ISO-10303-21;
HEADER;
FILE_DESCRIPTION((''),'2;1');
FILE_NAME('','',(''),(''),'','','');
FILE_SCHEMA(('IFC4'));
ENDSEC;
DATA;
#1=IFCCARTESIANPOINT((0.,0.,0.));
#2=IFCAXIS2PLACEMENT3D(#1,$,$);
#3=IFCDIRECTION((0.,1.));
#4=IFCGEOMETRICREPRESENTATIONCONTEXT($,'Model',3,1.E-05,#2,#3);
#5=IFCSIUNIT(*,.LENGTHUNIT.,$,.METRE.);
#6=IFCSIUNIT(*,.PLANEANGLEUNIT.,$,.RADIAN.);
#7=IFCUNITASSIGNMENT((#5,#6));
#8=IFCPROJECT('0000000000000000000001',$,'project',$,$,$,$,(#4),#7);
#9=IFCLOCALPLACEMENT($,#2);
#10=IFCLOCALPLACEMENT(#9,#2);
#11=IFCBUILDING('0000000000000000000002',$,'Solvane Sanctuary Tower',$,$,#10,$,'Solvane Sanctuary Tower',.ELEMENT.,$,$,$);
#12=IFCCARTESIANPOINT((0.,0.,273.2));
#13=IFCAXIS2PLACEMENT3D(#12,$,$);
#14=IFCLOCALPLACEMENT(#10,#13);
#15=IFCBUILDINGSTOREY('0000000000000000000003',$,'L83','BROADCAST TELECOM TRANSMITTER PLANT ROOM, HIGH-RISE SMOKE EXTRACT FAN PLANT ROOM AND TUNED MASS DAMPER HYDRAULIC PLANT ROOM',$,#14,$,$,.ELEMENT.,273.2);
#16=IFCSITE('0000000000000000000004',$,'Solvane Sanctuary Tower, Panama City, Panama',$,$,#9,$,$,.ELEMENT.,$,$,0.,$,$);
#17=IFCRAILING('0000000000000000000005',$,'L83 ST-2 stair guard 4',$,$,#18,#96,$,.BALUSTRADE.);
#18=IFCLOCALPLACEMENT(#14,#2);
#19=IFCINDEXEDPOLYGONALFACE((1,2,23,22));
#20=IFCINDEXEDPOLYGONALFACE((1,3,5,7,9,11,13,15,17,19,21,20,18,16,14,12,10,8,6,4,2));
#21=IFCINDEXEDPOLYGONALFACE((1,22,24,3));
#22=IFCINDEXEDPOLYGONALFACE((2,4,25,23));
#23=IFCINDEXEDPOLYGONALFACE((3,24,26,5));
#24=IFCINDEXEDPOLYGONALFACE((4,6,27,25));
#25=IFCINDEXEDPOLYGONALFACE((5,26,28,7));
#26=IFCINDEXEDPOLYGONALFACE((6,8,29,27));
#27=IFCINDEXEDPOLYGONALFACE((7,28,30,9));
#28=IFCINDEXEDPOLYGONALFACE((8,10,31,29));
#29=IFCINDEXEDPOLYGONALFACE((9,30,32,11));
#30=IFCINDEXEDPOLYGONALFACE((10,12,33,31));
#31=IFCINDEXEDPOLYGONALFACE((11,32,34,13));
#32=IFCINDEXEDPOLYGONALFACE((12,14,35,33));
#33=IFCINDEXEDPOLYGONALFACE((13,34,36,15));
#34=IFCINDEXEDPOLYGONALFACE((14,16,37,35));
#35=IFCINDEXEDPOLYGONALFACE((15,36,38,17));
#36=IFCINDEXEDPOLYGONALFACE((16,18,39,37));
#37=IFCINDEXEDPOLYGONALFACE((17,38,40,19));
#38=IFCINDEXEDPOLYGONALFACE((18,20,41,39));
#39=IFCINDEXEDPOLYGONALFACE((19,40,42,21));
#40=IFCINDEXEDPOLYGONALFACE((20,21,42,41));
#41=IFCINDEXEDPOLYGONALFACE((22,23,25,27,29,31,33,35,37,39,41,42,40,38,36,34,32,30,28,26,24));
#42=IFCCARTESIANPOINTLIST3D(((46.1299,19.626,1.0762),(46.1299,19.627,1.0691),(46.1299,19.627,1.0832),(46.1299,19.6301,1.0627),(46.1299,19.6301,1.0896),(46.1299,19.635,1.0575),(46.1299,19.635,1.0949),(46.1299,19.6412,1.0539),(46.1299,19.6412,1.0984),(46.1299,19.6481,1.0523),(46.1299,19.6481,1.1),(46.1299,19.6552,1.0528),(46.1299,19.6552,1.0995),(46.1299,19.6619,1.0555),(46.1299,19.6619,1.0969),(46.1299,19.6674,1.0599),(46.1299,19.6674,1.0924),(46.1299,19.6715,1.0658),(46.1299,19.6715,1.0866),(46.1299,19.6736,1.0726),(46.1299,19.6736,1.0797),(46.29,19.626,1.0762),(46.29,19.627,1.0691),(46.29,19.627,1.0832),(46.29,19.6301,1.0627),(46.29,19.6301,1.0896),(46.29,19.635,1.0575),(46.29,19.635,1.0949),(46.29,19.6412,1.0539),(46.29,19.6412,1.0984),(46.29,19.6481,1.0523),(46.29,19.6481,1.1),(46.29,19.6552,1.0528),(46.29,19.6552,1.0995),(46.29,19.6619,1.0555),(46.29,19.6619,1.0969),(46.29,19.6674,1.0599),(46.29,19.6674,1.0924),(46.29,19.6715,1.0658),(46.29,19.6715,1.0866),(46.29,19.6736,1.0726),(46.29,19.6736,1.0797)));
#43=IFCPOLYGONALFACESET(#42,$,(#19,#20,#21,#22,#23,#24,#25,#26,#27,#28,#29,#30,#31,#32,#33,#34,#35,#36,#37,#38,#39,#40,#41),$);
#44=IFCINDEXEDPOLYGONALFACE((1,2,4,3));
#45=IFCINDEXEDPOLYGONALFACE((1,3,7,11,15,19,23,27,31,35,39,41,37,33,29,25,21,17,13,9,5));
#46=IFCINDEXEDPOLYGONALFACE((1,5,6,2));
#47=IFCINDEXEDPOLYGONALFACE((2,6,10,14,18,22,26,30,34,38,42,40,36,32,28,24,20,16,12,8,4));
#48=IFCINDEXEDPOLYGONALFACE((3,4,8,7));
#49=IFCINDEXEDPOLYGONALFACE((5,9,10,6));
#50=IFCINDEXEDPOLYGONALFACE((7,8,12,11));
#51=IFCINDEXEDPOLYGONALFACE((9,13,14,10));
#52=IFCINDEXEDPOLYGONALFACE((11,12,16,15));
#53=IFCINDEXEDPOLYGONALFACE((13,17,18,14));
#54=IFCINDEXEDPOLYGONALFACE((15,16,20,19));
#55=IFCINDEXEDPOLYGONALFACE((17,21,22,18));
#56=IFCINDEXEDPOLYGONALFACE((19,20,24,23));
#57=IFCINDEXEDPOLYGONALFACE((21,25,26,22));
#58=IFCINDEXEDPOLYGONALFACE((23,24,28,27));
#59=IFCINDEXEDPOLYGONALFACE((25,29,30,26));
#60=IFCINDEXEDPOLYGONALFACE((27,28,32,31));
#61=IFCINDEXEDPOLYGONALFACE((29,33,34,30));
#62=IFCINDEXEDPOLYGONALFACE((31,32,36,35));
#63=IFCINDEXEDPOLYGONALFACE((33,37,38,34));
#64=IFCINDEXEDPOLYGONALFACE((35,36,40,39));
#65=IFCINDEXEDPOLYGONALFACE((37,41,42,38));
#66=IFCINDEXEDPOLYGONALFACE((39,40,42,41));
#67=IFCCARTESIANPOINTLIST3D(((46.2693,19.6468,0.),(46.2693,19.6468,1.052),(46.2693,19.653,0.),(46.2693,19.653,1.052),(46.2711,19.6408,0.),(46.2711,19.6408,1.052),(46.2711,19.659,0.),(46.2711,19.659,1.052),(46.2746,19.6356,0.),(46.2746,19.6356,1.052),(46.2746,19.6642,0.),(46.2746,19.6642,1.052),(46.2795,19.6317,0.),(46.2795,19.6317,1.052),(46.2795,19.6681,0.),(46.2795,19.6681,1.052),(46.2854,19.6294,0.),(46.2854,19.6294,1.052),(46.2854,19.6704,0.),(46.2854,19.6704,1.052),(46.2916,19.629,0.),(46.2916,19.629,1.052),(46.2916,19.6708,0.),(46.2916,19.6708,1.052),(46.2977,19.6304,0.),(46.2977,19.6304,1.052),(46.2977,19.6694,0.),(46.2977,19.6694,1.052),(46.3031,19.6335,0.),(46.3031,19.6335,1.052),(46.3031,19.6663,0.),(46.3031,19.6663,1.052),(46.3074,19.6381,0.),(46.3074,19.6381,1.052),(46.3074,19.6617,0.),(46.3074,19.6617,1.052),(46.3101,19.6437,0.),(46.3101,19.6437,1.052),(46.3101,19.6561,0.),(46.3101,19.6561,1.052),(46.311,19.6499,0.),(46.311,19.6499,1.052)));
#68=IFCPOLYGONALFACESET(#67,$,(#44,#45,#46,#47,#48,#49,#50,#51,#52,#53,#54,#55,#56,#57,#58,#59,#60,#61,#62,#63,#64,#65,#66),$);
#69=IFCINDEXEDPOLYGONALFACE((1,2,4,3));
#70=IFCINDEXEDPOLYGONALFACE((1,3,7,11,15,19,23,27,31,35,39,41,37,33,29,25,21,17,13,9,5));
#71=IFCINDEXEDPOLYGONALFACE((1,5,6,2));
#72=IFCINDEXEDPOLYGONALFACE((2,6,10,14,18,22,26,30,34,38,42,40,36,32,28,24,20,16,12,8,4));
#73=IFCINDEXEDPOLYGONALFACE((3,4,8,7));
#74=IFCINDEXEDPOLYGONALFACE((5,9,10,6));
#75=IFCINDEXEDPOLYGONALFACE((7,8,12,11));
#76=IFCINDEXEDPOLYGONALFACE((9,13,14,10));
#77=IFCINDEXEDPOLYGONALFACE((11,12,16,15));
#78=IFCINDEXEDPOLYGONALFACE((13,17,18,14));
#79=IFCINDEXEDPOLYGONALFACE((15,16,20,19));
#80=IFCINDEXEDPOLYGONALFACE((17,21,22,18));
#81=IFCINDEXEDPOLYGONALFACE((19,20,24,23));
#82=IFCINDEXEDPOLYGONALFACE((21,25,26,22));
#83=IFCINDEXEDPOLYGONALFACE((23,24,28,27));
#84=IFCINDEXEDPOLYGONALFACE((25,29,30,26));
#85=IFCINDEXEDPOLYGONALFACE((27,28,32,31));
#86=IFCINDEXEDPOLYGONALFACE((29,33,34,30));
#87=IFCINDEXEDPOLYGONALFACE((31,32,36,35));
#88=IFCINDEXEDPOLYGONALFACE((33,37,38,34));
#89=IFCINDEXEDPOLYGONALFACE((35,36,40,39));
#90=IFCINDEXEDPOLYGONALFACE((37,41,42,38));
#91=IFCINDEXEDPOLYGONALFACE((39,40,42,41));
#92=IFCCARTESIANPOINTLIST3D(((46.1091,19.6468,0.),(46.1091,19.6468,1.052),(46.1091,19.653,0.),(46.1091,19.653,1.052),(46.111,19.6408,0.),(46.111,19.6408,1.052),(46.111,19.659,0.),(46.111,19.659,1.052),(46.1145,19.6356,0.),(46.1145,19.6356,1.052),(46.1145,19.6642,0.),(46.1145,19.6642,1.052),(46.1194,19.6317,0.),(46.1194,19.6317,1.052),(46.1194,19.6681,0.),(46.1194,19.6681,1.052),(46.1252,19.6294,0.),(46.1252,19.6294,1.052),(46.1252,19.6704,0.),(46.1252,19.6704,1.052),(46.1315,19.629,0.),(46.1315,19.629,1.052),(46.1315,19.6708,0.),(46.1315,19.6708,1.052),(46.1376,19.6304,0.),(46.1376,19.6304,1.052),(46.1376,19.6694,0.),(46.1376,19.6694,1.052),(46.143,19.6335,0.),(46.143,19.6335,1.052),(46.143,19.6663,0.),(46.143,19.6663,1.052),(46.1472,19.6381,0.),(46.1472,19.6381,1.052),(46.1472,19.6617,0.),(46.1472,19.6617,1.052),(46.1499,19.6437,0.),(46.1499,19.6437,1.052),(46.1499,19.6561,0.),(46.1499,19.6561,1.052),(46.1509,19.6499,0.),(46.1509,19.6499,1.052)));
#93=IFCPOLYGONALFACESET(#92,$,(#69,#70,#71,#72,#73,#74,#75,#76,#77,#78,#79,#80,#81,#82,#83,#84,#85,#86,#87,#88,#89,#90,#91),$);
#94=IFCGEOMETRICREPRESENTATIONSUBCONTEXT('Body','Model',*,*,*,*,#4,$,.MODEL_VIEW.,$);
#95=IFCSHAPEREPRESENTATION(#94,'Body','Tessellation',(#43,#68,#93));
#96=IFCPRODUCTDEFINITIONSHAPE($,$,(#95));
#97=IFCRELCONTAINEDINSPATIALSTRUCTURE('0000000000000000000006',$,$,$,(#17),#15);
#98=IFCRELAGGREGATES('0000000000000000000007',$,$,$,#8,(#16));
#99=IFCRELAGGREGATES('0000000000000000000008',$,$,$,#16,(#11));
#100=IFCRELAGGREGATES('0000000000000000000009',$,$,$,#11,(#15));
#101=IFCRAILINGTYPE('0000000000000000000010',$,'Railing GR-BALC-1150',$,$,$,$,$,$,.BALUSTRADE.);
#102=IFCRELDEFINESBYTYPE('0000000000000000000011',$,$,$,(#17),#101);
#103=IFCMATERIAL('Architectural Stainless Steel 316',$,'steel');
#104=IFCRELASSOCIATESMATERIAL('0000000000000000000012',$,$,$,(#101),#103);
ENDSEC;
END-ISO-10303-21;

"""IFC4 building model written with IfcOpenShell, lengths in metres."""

from ifc_helpers import new_model, si_unit, direction, frame, origin, origin_2d, place, context, subcontext, project, spatial, circle, extrude, material, type_object, element, save


model = new_model("IFC4")

# Units and contexts
model_context = context("Model", 3, precision=1e-05, world=origin(), true_north=direction((0.0, 1.0)))
body_context = subcontext(model_context, "Body", "Model", "MODEL_VIEW")
ifc_project = project(units=[si_unit("LENGTHUNIT", "METRE"), si_unit("PLANEANGLEUNIT", "RADIAN")], contexts=[model_context])

# Site, building, storey
site_placement = place(None, origin())
site = spatial("IfcSite", under=ifc_project, at=site_placement, Name="Solvane Sanctuary Tower, Panama City, Panama", CompositionType="ELEMENT", RefElevation=0.0)
building_placement = place(site_placement, origin())
building = spatial("IfcBuilding", under=site, at=building_placement, Name="Solvane Sanctuary Tower", LongName="Solvane Sanctuary Tower", CompositionType="ELEMENT")
storey_placement = place(building_placement, frame((0.0, 0.0, 273.2)))
storey = spatial("IfcBuildingStorey", under=building, at=storey_placement, Name="L83", Description="BROADCAST TELECOM TRANSMITTER PLANT ROOM, HIGH-RISE SMOKE EXTRACT FAN PLANT ROOM AND TUNED MASS DAMPER HYDRAULIC PLANT ROOM", CompositionType="ELEMENT", Elevation=273.2)

# Shared definitions
ifc_material_1 = material(Name="Architectural Stainless Steel 316", Category="steel")

# Railing
railing_type_1 = type_object("IfcRailingType", Name="Railing GR-BALC-1150", PredefinedType="BALUSTRADE", material=ifc_material_1)
railing_1_placement = place(storey_placement, frame((46.29, 19.6499, 0.0)))
element("IfcRailing", 1, at=railing_1_placement, inside=storey, type_object=railing_type_1, Name="L83 ST-2 stair guard 4", PredefinedType="BALUSTRADE", context=body_context, shape_type="SweptSolid", body=[
    extrude(circle(Radius=0.0239, at=origin_2d()), frame((0.0, 0.0, 1.0762), z_axis=(-1.0, 0.0, 0.0), x_axis=(0.0, -1.0, 0.0)), (0.0, 0.0, 1.0), 0.1602),
    extrude(circle(Radius=0.021, at=origin_2d()), origin(), (0.0, 0.0, 1.0), 1.052),
    extrude(circle(Radius=0.021, at=origin_2d()), frame((-0.1602, 0.0, 0.0)), (0.0, 0.0, 1.0), 1.052),
])

save(model, "model.ifc")
